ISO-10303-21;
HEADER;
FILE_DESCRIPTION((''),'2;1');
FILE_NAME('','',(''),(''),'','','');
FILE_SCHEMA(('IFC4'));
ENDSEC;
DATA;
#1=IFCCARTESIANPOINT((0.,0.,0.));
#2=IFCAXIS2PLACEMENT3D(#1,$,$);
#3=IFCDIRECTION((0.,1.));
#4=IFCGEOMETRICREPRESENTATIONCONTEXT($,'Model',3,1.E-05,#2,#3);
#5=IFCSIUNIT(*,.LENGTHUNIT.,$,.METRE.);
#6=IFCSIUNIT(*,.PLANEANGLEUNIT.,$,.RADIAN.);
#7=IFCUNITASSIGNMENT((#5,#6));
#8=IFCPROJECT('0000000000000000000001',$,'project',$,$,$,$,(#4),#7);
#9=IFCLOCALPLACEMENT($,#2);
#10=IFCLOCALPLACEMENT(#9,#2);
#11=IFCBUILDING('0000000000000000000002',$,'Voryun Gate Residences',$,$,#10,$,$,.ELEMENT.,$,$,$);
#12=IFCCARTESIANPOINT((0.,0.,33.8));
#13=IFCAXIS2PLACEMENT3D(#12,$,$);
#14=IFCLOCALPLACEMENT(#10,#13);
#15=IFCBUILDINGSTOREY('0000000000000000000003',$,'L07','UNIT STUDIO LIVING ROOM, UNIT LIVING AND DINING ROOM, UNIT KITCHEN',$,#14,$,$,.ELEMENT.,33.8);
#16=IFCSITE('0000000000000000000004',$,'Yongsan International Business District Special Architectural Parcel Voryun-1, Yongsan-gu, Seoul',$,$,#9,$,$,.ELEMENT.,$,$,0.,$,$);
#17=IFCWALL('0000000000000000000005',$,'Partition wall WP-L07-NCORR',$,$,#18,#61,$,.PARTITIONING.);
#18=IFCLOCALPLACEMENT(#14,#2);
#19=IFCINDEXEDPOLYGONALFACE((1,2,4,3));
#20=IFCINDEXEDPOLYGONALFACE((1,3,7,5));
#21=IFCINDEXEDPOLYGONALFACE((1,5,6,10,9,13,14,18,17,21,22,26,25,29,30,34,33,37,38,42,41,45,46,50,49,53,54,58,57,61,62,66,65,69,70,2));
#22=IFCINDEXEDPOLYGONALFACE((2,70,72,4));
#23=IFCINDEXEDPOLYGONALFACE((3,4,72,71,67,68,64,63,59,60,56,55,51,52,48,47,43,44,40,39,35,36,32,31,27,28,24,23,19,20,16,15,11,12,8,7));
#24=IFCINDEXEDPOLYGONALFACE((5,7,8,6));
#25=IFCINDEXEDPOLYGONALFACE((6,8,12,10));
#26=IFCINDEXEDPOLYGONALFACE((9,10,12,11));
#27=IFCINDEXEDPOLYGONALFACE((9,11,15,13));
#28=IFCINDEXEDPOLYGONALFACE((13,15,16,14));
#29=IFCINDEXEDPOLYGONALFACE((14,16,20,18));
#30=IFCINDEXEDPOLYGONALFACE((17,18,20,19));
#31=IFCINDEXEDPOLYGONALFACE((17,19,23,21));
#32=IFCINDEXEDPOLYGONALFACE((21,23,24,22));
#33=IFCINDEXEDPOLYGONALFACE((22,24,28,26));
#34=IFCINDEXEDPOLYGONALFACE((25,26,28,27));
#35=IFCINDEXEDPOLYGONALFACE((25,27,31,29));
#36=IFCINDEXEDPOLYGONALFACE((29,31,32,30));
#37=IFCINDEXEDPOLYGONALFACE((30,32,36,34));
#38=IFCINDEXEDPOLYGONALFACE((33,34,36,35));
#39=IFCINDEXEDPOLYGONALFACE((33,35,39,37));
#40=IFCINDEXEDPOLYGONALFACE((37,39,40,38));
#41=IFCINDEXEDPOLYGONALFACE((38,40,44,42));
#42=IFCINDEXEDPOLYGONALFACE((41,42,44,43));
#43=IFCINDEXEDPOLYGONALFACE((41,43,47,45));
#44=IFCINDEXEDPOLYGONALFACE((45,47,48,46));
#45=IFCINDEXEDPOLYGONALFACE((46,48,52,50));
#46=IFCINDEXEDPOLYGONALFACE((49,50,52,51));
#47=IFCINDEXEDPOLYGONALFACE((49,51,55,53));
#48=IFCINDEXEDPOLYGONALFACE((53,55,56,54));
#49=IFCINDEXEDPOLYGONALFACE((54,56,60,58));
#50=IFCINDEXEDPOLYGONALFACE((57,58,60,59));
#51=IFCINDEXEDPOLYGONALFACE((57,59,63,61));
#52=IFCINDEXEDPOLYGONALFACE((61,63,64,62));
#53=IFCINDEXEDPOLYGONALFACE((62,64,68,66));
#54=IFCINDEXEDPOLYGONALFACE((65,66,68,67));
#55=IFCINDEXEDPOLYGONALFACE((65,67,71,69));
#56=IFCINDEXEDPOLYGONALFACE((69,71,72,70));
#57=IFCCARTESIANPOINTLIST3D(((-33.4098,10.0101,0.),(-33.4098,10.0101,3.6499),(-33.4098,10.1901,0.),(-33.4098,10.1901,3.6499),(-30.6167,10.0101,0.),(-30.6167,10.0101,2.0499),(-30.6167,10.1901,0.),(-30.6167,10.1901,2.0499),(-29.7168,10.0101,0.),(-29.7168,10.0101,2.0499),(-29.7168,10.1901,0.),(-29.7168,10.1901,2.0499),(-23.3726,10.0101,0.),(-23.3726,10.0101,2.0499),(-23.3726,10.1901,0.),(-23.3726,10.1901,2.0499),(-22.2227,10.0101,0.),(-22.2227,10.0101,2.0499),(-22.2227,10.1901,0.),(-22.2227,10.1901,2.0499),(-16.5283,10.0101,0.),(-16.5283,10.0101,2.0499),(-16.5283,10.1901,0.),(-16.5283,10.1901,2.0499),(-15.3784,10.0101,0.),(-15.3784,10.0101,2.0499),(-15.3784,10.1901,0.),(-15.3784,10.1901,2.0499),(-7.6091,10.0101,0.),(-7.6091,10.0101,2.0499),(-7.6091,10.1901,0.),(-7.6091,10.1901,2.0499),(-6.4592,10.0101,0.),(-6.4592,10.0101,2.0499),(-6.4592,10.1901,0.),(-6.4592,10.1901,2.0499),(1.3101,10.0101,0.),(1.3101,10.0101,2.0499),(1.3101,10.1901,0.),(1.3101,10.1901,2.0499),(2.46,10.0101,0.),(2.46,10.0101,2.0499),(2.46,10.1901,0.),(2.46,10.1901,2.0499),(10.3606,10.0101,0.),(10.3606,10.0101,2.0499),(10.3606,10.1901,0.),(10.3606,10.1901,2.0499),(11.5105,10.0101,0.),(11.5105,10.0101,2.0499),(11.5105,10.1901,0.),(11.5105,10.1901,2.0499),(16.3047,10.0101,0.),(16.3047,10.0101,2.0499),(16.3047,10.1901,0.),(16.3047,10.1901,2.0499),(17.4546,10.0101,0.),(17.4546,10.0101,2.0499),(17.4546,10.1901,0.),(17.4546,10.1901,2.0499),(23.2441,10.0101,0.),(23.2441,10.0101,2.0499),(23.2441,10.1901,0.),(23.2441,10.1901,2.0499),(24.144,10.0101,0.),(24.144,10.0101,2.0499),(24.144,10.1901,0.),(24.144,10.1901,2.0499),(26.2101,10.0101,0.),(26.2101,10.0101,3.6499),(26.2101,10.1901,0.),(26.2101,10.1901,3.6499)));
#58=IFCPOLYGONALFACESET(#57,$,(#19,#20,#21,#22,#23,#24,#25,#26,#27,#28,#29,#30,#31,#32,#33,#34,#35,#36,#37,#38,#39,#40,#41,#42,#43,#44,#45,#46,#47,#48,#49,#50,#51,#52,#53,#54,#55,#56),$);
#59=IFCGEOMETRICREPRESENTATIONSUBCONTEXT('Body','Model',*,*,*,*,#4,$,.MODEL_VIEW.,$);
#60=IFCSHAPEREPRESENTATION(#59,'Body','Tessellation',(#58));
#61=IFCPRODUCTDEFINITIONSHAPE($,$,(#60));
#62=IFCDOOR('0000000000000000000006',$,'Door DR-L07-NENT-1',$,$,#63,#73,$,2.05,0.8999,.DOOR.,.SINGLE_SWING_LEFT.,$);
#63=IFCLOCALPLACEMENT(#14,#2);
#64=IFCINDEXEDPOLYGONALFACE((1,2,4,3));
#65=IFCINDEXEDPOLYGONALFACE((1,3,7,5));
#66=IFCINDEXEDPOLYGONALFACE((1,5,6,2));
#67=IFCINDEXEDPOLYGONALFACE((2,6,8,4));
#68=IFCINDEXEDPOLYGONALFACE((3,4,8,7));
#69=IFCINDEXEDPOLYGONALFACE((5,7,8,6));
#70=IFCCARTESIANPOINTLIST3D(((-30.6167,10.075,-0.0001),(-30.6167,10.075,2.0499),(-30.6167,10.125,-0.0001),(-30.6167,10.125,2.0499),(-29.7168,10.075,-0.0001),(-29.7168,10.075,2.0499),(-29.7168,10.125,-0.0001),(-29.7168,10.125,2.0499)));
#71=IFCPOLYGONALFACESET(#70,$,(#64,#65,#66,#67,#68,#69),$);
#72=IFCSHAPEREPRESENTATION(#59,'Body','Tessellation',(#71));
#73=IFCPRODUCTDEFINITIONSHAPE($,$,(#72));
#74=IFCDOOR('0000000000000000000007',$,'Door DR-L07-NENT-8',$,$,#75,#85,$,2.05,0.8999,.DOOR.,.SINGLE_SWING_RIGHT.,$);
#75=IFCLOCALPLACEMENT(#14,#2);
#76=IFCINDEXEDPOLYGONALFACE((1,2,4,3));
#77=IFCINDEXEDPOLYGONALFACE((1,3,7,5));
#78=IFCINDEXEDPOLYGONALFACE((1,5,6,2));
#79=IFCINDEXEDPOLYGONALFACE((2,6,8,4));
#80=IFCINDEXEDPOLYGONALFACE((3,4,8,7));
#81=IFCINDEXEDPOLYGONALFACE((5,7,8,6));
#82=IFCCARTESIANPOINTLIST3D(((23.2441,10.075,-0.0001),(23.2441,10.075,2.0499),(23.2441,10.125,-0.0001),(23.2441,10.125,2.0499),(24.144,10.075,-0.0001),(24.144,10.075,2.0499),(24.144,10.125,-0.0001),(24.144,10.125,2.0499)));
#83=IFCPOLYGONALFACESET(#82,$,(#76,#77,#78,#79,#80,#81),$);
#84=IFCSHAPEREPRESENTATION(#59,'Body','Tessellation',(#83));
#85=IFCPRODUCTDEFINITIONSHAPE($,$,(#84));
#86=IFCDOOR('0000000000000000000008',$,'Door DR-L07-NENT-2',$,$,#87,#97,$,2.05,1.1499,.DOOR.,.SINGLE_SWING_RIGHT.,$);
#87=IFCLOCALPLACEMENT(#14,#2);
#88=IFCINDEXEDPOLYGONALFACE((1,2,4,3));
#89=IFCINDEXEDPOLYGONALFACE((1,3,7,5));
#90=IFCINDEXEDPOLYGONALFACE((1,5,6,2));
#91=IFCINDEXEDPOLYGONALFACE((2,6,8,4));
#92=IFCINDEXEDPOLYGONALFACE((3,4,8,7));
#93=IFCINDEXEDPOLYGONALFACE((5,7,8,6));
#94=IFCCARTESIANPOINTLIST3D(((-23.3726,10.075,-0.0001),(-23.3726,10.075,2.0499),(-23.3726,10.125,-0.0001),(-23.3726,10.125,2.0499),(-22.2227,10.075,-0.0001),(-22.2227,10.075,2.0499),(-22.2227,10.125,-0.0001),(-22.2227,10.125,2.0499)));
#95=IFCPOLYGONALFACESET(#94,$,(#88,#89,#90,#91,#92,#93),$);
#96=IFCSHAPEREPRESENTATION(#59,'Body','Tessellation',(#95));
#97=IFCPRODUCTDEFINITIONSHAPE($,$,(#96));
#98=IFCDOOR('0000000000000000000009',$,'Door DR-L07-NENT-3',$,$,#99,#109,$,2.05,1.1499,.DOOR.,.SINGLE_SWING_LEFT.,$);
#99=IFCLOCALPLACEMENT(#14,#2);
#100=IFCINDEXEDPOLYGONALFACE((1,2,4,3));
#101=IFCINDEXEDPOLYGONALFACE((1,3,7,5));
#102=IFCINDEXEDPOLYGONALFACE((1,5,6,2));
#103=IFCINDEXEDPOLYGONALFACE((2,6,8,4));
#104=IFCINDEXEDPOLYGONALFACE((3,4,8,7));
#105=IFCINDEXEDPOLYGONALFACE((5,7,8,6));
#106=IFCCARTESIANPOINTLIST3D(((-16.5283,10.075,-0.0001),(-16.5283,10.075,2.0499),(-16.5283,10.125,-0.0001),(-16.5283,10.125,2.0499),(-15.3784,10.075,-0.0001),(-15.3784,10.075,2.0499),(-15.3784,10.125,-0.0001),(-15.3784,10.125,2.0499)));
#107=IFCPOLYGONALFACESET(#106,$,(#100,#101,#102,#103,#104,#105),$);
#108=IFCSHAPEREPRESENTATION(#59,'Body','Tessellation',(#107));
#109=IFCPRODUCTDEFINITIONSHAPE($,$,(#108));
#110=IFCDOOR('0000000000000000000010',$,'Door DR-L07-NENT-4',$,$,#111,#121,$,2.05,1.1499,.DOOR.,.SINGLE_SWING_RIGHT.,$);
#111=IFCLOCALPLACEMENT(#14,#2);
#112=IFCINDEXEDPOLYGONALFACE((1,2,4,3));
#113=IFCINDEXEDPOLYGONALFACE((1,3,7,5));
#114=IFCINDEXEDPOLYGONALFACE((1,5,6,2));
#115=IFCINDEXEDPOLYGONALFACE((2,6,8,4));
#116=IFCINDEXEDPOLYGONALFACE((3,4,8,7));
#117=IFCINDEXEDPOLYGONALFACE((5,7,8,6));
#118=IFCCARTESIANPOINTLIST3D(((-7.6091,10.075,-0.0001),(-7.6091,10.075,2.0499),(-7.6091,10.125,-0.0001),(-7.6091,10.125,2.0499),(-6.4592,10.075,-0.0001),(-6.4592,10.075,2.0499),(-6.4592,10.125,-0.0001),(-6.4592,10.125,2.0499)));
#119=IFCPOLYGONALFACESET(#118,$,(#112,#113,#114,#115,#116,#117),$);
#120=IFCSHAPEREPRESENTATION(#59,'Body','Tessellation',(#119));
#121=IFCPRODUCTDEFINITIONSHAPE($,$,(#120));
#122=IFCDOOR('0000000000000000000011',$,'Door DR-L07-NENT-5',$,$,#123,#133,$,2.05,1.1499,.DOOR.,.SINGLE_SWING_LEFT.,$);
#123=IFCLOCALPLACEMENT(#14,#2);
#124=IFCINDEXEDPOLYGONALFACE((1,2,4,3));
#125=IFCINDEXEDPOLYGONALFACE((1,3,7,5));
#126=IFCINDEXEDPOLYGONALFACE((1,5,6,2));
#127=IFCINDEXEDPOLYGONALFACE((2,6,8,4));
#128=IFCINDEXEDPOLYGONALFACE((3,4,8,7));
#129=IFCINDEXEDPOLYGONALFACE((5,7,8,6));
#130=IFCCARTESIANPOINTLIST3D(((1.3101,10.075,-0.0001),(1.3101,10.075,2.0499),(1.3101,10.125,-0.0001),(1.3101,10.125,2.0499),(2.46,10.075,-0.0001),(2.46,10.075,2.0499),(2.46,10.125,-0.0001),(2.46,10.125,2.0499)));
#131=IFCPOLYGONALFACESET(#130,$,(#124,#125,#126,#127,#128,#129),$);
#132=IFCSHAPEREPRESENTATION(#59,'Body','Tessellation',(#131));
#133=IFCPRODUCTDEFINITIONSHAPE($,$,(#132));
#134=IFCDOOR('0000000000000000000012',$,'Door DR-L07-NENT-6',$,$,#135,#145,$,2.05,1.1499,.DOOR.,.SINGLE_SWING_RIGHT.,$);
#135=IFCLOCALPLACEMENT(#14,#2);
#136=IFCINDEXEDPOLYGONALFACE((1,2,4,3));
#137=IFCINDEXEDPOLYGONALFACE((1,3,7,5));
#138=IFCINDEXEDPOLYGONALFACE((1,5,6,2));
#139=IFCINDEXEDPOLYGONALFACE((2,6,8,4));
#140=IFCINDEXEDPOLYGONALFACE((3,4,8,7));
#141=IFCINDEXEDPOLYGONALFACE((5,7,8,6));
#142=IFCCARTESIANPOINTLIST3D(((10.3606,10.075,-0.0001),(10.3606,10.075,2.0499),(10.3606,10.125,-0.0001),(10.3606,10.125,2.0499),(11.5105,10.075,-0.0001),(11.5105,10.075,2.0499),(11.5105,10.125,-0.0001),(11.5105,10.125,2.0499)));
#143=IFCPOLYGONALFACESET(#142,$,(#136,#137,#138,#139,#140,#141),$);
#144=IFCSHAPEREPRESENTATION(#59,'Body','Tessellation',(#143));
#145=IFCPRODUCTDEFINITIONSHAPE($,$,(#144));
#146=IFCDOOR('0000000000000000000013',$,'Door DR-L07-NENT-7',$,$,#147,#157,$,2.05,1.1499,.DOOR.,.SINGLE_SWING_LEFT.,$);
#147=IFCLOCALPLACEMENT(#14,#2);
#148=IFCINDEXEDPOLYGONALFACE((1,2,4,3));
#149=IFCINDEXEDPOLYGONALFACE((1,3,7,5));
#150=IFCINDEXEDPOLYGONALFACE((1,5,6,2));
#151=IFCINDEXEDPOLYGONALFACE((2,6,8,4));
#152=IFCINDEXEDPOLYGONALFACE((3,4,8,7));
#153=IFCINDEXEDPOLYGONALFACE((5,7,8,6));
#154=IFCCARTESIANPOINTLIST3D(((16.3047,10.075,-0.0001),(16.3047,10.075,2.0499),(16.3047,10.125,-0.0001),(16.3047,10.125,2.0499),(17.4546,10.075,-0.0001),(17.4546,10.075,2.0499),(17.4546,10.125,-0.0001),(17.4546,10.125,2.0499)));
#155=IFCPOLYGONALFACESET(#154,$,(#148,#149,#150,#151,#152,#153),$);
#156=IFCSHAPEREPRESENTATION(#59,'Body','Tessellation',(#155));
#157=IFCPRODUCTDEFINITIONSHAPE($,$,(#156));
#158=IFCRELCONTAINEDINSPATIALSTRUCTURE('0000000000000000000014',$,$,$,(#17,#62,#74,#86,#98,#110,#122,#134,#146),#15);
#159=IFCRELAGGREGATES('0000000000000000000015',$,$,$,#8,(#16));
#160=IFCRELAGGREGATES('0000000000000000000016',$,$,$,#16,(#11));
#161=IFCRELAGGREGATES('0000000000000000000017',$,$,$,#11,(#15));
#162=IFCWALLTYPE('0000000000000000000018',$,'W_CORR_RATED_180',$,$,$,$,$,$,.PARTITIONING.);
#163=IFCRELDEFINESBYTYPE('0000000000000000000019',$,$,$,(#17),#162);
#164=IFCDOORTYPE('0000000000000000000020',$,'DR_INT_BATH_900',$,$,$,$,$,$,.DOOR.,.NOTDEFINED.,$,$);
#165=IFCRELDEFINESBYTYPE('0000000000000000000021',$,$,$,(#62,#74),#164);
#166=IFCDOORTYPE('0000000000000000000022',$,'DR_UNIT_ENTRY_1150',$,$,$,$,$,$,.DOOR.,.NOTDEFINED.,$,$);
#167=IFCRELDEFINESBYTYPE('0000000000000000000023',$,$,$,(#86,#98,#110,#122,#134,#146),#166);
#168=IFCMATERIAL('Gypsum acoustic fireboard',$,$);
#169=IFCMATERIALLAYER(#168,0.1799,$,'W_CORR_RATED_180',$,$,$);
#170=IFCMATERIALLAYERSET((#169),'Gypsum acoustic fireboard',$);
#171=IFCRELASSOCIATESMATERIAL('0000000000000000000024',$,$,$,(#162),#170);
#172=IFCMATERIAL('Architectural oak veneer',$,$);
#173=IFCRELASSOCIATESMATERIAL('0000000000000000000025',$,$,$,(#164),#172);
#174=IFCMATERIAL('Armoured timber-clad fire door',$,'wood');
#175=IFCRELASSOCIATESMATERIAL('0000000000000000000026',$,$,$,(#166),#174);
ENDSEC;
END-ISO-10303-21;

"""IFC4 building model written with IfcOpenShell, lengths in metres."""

from ifc_helpers import new_model, si_unit, direction, frame, frame_2d, origin, place, context, subcontext, project, spatial, rectangle, extrude, material, layer, layer_set, type_object, element, fill, save


model = new_model("IFC4")

# Units and contexts
model_context = context("Model", 3, precision=1e-05, world=origin(), true_north=direction((0.0, 1.0)))
body_context = subcontext(model_context, "Body", "Model", "MODEL_VIEW")
ifc_project = project(units=[si_unit("LENGTHUNIT", "METRE"), si_unit("PLANEANGLEUNIT", "RADIAN")], contexts=[model_context])

# Site, building, storey
site_placement = place(None, origin())
site = spatial("IfcSite", under=ifc_project, at=site_placement, Name="Yongsan International Business District Special Architectural Parcel Voryun-1, Yongsan-gu, Seoul", CompositionType="ELEMENT", RefElevation=0.0)
building_placement = place(site_placement, origin())
building = spatial("IfcBuilding", under=site, at=building_placement, Name="Voryun Gate Residences", CompositionType="ELEMENT")
storey_placement = place(building_placement, frame((0.0, 0.0, 33.8)))
storey = spatial("IfcBuildingStorey", under=building, at=storey_placement, Name="L07", Description="UNIT STUDIO LIVING ROOM, UNIT LIVING AND DINING ROOM, UNIT KITCHEN", CompositionType="ELEMENT", Elevation=33.8)

# Wall, openings, doors
ifc_material_1 = material(Name="Gypsum acoustic fireboard")
ifc_layer_1 = layer(ifc_material_1, 0.1799, Name="W_CORR_RATED_180")
ifc_layer_set_1 = layer_set([ifc_layer_1], Name="Gypsum acoustic fireboard")
wall_type_1 = type_object("IfcWallType", Name="W_CORR_RATED_180", PredefinedType="PARTITIONING", material=ifc_layer_set_1)
wall_1_placement = place(storey_placement, frame((-33.4099, 10.1001, 0.0), z_axis=(0.0, 0.0, 1.0), x_axis=(1.0, 0.0, 0.0)))
wall_1 = element("IfcWall", 1, at=wall_1_placement, inside=storey, type_object=wall_type_1, Name="Partition wall WP-L07-NCORR", PredefinedType="PARTITIONING", context=body_context, shape_type="SweptSolid", body=[
    extrude(rectangle(XDim=59.6199, YDim=0.1799, at=frame_2d((29.8101, 0.0))), origin(), (0.0, 0.0, 1.0), 3.6499),
])
opening_1_placement = place(wall_1_placement, frame((2.7932, 0.0, 0.0)))
opening_1 = element("IfcOpeningElement", 2, at=opening_1_placement, cuts=wall_1, PredefinedType="OPENING", context=body_context, shape_type="SweptSolid", body=[
    extrude(rectangle(XDim=0.8999, YDim=2.05, at=frame_2d((0.45, 1.0249))), frame((0.0, 0.0999, 0.0), z_axis=(0.0, -1.0, 0.0), x_axis=(1.0, 0.0, 0.0)), (0.0, 0.0, 1.0), 0.2),
])
opening_2_placement = place(wall_1_placement, frame((10.0374, 0.0, 0.0)))
opening_2 = element("IfcOpeningElement", 3, at=opening_2_placement, cuts=wall_1, PredefinedType="OPENING", context=body_context, shape_type="SweptSolid", body=[
    extrude(rectangle(XDim=1.1499, YDim=2.05, at=frame_2d((0.575, 1.0249))), frame((0.0, 0.0999, 0.0), z_axis=(0.0, -1.0, 0.0), x_axis=(1.0, 0.0, 0.0)), (0.0, 0.0, 1.0), 0.2),
])
opening_3_placement = place(wall_1_placement, frame((16.8816, 0.0, 0.0)))
opening_3 = element("IfcOpeningElement", 4, at=opening_3_placement, cuts=wall_1, PredefinedType="OPENING", context=body_context, shape_type="SweptSolid", body=[
    extrude(rectangle(XDim=1.1499, YDim=2.05, at=frame_2d((0.575, 1.0249))), frame((0.0, 0.0999, 0.0), z_axis=(0.0, -1.0, 0.0), x_axis=(1.0, 0.0, 0.0)), (0.0, 0.0, 1.0), 0.2),
])
opening_4_placement = place(wall_1_placement, frame((25.8008, 0.0, 0.0)))
opening_4 = element("IfcOpeningElement", 5, at=opening_4_placement, cuts=wall_1, PredefinedType="OPENING", context=body_context, shape_type="SweptSolid", body=[
    extrude(rectangle(XDim=1.1499, YDim=2.05, at=frame_2d((0.575, 1.0249))), frame((0.0, 0.0999, 0.0), z_axis=(0.0, -1.0, 0.0), x_axis=(1.0, 0.0, 0.0)), (0.0, 0.0, 1.0), 0.2),
])
opening_5_placement = place(wall_1_placement, frame((34.72, 0.0, 0.0)))
opening_5 = element("IfcOpeningElement", 6, at=opening_5_placement, cuts=wall_1, PredefinedType="OPENING", context=body_context, shape_type="SweptSolid", body=[
    extrude(rectangle(XDim=1.1499, YDim=2.05, at=frame_2d((0.575, 1.0249))), frame((0.0, 0.0999, 0.0), z_axis=(0.0, -1.0, 0.0), x_axis=(1.0, 0.0, 0.0)), (0.0, 0.0, 1.0), 0.2),
])
opening_6_placement = place(wall_1_placement, frame((43.7705, 0.0, 0.0)))
opening_6 = element("IfcOpeningElement", 7, at=opening_6_placement, cuts=wall_1, PredefinedType="OPENING", context=body_context, shape_type="SweptSolid", body=[
    extrude(rectangle(XDim=1.1499, YDim=2.05, at=frame_2d((0.575, 1.0249))), frame((0.0, 0.0999, 0.0), z_axis=(0.0, -1.0, 0.0), x_axis=(1.0, 0.0, 0.0)), (0.0, 0.0, 1.0), 0.2),
])
opening_7_placement = place(wall_1_placement, frame((49.7146, 0.0, 0.0)))
opening_7 = element("IfcOpeningElement", 8, at=opening_7_placement, cuts=wall_1, PredefinedType="OPENING", context=body_context, shape_type="SweptSolid", body=[
    extrude(rectangle(XDim=1.1499, YDim=2.05, at=frame_2d((0.575, 1.0249))), frame((0.0, 0.0999, 0.0), z_axis=(0.0, -1.0, 0.0), x_axis=(1.0, 0.0, 0.0)), (0.0, 0.0, 1.0), 0.2),
])
opening_8_placement = place(wall_1_placement, frame((56.6541, 0.0, 0.0)))
opening_8 = element("IfcOpeningElement", 9, at=opening_8_placement, cuts=wall_1, PredefinedType="OPENING", context=body_context, shape_type="SweptSolid", body=[
    extrude(rectangle(XDim=0.8999, YDim=2.05, at=frame_2d((0.45, 1.0249))), frame((0.0, 0.0999, 0.0), z_axis=(0.0, -1.0, 0.0), x_axis=(1.0, 0.0, 0.0)), (0.0, 0.0, 1.0), 0.2),
])
ifc_material_2 = material(Name="Architectural oak veneer")
door_type_1 = type_object("IfcDoorType", Name="DR_INT_BATH_900", OperationType="NOTDEFINED", PredefinedType="DOOR", material=ifc_material_2)
door_1_placement = place(opening_1_placement, origin())
door_1 = element("IfcDoor", 10, at=door_1_placement, inside=storey, type_object=door_type_1, Name="Door DR-L07-NENT-1", OperationType="SINGLE_SWING_LEFT", OverallHeight=2.05, OverallWidth=0.8999, PredefinedType="DOOR", context=body_context, shape_type="SweptSolid", body=[
    extrude(rectangle(XDim=0.8999, YDim=2.05, at=frame_2d((0.45, 1.0249))), frame((0.0, 0.0249, 0.0), z_axis=(0.0, -1.0, 0.0), x_axis=(1.0, 0.0, 0.0)), (0.0, 0.0, 1.0), 0.05),
])
fill(opening_1, door_1)
door_2_placement = place(opening_8_placement, origin())
door_2 = element("IfcDoor", 11, at=door_2_placement, inside=storey, type_object=door_type_1, Name="Door DR-L07-NENT-8", OperationType="SINGLE_SWING_RIGHT", OverallHeight=2.05, OverallWidth=0.8999, PredefinedType="DOOR", context=body_context, shape_type="SweptSolid", body=[
    extrude(rectangle(XDim=0.8999, YDim=2.05, at=frame_2d((0.45, 1.0249))), frame((0.0, 0.0249, 0.0), z_axis=(0.0, -1.0, 0.0), x_axis=(1.0, 0.0, 0.0)), (0.0, 0.0, 1.0), 0.05),
])
fill(opening_8, door_2)
ifc_material_3 = material(Name="Armoured timber-clad fire door", Category="wood")
door_type_2 = type_object("IfcDoorType", Name="DR_UNIT_ENTRY_1150", OperationType="NOTDEFINED", PredefinedType="DOOR", material=ifc_material_3)
door_3_placement = place(opening_2_placement, origin())
door_3 = element("IfcDoor", 12, at=door_3_placement, inside=storey, type_object=door_type_2, Name="Door DR-L07-NENT-2", OperationType="SINGLE_SWING_RIGHT", OverallHeight=2.05, OverallWidth=1.1499, PredefinedType="DOOR", context=body_context, shape_type="SweptSolid", body=[
    extrude(rectangle(XDim=1.1499, YDim=2.05, at=frame_2d((0.575, 1.0249))), frame((0.0, 0.0249, 0.0), z_axis=(0.0, -1.0, 0.0), x_axis=(1.0, 0.0, 0.0)), (0.0, 0.0, 1.0), 0.05),
])
fill(opening_2, door_3)
door_4_placement = place(opening_3_placement, origin())
door_4 = element("IfcDoor", 13, at=door_4_placement, inside=storey, type_object=door_type_2, Name="Door DR-L07-NENT-3", OperationType="SINGLE_SWING_LEFT", OverallHeight=2.05, OverallWidth=1.1499, PredefinedType="DOOR", context=body_context, shape_type="SweptSolid", body=[
    extrude(rectangle(XDim=1.1499, YDim=2.05, at=frame_2d((0.575, 1.0249))), frame((0.0, 0.0249, 0.0), z_axis=(0.0, -1.0, 0.0), x_axis=(1.0, 0.0, 0.0)), (0.0, 0.0, 1.0), 0.05),
])
fill(opening_3, door_4)
door_5_placement = place(opening_4_placement, origin())
door_5 = element("IfcDoor", 14, at=door_5_placement, inside=storey, type_object=door_type_2, Name="Door DR-L07-NENT-4", OperationType="SINGLE_SWING_RIGHT", OverallHeight=2.05, OverallWidth=1.1499, PredefinedType="DOOR", context=body_context, shape_type="SweptSolid", body=[
    extrude(rectangle(XDim=1.1499, YDim=2.05, at=frame_2d((0.575, 1.0249))), frame((0.0, 0.0249, 0.0), z_axis=(0.0, -1.0, 0.0), x_axis=(1.0, 0.0, 0.0)), (0.0, 0.0, 1.0), 0.05),
])
fill(opening_4, door_5)
door_6_placement = place(opening_5_placement, origin())
door_6 = element("IfcDoor", 15, at=door_6_placement, inside=storey, type_object=door_type_2, Name="Door DR-L07-NENT-5", OperationType="SINGLE_SWING_LEFT", OverallHeight=2.05, OverallWidth=1.1499, PredefinedType="DOOR", context=body_context, shape_type="SweptSolid", body=[
    extrude(rectangle(XDim=1.1499, YDim=2.05, at=frame_2d((0.575, 1.0249))), frame((0.0, 0.0249, 0.0), z_axis=(0.0, -1.0, 0.0), x_axis=(1.0, 0.0, 0.0)), (0.0, 0.0, 1.0), 0.05),
])
fill(opening_5, door_6)
door_7_placement = place(opening_6_placement, origin())
door_7 = element("IfcDoor", 16, at=door_7_placement, inside=storey, type_object=door_type_2, Name="Door DR-L07-NENT-6", OperationType="SINGLE_SWING_RIGHT", OverallHeight=2.05, OverallWidth=1.1499, PredefinedType="DOOR", context=body_context, shape_type="SweptSolid", body=[
    extrude(rectangle(XDim=1.1499, YDim=2.05, at=frame_2d((0.575, 1.0249))), frame((0.0, 0.0249, 0.0), z_axis=(0.0, -1.0, 0.0), x_axis=(1.0, 0.0, 0.0)), (0.0, 0.0, 1.0), 0.05),
])
fill(opening_6, door_7)
door_8_placement = place(opening_7_placement, origin())
door_8 = element("IfcDoor", 17, at=door_8_placement, inside=storey, type_object=door_type_2, Name="Door DR-L07-NENT-7", OperationType="SINGLE_SWING_LEFT", OverallHeight=2.05, OverallWidth=1.1499, PredefinedType="DOOR", context=body_context, shape_type="SweptSolid", body=[
    extrude(rectangle(XDim=1.1499, YDim=2.05, at=frame_2d((0.575, 1.0249))), frame((0.0, 0.0249, 0.0), z_axis=(0.0, -1.0, 0.0), x_axis=(1.0, 0.0, 0.0)), (0.0, 0.0, 1.0), 0.05),
])
fill(opening_7, door_8)

save(model, "model.ifc")
